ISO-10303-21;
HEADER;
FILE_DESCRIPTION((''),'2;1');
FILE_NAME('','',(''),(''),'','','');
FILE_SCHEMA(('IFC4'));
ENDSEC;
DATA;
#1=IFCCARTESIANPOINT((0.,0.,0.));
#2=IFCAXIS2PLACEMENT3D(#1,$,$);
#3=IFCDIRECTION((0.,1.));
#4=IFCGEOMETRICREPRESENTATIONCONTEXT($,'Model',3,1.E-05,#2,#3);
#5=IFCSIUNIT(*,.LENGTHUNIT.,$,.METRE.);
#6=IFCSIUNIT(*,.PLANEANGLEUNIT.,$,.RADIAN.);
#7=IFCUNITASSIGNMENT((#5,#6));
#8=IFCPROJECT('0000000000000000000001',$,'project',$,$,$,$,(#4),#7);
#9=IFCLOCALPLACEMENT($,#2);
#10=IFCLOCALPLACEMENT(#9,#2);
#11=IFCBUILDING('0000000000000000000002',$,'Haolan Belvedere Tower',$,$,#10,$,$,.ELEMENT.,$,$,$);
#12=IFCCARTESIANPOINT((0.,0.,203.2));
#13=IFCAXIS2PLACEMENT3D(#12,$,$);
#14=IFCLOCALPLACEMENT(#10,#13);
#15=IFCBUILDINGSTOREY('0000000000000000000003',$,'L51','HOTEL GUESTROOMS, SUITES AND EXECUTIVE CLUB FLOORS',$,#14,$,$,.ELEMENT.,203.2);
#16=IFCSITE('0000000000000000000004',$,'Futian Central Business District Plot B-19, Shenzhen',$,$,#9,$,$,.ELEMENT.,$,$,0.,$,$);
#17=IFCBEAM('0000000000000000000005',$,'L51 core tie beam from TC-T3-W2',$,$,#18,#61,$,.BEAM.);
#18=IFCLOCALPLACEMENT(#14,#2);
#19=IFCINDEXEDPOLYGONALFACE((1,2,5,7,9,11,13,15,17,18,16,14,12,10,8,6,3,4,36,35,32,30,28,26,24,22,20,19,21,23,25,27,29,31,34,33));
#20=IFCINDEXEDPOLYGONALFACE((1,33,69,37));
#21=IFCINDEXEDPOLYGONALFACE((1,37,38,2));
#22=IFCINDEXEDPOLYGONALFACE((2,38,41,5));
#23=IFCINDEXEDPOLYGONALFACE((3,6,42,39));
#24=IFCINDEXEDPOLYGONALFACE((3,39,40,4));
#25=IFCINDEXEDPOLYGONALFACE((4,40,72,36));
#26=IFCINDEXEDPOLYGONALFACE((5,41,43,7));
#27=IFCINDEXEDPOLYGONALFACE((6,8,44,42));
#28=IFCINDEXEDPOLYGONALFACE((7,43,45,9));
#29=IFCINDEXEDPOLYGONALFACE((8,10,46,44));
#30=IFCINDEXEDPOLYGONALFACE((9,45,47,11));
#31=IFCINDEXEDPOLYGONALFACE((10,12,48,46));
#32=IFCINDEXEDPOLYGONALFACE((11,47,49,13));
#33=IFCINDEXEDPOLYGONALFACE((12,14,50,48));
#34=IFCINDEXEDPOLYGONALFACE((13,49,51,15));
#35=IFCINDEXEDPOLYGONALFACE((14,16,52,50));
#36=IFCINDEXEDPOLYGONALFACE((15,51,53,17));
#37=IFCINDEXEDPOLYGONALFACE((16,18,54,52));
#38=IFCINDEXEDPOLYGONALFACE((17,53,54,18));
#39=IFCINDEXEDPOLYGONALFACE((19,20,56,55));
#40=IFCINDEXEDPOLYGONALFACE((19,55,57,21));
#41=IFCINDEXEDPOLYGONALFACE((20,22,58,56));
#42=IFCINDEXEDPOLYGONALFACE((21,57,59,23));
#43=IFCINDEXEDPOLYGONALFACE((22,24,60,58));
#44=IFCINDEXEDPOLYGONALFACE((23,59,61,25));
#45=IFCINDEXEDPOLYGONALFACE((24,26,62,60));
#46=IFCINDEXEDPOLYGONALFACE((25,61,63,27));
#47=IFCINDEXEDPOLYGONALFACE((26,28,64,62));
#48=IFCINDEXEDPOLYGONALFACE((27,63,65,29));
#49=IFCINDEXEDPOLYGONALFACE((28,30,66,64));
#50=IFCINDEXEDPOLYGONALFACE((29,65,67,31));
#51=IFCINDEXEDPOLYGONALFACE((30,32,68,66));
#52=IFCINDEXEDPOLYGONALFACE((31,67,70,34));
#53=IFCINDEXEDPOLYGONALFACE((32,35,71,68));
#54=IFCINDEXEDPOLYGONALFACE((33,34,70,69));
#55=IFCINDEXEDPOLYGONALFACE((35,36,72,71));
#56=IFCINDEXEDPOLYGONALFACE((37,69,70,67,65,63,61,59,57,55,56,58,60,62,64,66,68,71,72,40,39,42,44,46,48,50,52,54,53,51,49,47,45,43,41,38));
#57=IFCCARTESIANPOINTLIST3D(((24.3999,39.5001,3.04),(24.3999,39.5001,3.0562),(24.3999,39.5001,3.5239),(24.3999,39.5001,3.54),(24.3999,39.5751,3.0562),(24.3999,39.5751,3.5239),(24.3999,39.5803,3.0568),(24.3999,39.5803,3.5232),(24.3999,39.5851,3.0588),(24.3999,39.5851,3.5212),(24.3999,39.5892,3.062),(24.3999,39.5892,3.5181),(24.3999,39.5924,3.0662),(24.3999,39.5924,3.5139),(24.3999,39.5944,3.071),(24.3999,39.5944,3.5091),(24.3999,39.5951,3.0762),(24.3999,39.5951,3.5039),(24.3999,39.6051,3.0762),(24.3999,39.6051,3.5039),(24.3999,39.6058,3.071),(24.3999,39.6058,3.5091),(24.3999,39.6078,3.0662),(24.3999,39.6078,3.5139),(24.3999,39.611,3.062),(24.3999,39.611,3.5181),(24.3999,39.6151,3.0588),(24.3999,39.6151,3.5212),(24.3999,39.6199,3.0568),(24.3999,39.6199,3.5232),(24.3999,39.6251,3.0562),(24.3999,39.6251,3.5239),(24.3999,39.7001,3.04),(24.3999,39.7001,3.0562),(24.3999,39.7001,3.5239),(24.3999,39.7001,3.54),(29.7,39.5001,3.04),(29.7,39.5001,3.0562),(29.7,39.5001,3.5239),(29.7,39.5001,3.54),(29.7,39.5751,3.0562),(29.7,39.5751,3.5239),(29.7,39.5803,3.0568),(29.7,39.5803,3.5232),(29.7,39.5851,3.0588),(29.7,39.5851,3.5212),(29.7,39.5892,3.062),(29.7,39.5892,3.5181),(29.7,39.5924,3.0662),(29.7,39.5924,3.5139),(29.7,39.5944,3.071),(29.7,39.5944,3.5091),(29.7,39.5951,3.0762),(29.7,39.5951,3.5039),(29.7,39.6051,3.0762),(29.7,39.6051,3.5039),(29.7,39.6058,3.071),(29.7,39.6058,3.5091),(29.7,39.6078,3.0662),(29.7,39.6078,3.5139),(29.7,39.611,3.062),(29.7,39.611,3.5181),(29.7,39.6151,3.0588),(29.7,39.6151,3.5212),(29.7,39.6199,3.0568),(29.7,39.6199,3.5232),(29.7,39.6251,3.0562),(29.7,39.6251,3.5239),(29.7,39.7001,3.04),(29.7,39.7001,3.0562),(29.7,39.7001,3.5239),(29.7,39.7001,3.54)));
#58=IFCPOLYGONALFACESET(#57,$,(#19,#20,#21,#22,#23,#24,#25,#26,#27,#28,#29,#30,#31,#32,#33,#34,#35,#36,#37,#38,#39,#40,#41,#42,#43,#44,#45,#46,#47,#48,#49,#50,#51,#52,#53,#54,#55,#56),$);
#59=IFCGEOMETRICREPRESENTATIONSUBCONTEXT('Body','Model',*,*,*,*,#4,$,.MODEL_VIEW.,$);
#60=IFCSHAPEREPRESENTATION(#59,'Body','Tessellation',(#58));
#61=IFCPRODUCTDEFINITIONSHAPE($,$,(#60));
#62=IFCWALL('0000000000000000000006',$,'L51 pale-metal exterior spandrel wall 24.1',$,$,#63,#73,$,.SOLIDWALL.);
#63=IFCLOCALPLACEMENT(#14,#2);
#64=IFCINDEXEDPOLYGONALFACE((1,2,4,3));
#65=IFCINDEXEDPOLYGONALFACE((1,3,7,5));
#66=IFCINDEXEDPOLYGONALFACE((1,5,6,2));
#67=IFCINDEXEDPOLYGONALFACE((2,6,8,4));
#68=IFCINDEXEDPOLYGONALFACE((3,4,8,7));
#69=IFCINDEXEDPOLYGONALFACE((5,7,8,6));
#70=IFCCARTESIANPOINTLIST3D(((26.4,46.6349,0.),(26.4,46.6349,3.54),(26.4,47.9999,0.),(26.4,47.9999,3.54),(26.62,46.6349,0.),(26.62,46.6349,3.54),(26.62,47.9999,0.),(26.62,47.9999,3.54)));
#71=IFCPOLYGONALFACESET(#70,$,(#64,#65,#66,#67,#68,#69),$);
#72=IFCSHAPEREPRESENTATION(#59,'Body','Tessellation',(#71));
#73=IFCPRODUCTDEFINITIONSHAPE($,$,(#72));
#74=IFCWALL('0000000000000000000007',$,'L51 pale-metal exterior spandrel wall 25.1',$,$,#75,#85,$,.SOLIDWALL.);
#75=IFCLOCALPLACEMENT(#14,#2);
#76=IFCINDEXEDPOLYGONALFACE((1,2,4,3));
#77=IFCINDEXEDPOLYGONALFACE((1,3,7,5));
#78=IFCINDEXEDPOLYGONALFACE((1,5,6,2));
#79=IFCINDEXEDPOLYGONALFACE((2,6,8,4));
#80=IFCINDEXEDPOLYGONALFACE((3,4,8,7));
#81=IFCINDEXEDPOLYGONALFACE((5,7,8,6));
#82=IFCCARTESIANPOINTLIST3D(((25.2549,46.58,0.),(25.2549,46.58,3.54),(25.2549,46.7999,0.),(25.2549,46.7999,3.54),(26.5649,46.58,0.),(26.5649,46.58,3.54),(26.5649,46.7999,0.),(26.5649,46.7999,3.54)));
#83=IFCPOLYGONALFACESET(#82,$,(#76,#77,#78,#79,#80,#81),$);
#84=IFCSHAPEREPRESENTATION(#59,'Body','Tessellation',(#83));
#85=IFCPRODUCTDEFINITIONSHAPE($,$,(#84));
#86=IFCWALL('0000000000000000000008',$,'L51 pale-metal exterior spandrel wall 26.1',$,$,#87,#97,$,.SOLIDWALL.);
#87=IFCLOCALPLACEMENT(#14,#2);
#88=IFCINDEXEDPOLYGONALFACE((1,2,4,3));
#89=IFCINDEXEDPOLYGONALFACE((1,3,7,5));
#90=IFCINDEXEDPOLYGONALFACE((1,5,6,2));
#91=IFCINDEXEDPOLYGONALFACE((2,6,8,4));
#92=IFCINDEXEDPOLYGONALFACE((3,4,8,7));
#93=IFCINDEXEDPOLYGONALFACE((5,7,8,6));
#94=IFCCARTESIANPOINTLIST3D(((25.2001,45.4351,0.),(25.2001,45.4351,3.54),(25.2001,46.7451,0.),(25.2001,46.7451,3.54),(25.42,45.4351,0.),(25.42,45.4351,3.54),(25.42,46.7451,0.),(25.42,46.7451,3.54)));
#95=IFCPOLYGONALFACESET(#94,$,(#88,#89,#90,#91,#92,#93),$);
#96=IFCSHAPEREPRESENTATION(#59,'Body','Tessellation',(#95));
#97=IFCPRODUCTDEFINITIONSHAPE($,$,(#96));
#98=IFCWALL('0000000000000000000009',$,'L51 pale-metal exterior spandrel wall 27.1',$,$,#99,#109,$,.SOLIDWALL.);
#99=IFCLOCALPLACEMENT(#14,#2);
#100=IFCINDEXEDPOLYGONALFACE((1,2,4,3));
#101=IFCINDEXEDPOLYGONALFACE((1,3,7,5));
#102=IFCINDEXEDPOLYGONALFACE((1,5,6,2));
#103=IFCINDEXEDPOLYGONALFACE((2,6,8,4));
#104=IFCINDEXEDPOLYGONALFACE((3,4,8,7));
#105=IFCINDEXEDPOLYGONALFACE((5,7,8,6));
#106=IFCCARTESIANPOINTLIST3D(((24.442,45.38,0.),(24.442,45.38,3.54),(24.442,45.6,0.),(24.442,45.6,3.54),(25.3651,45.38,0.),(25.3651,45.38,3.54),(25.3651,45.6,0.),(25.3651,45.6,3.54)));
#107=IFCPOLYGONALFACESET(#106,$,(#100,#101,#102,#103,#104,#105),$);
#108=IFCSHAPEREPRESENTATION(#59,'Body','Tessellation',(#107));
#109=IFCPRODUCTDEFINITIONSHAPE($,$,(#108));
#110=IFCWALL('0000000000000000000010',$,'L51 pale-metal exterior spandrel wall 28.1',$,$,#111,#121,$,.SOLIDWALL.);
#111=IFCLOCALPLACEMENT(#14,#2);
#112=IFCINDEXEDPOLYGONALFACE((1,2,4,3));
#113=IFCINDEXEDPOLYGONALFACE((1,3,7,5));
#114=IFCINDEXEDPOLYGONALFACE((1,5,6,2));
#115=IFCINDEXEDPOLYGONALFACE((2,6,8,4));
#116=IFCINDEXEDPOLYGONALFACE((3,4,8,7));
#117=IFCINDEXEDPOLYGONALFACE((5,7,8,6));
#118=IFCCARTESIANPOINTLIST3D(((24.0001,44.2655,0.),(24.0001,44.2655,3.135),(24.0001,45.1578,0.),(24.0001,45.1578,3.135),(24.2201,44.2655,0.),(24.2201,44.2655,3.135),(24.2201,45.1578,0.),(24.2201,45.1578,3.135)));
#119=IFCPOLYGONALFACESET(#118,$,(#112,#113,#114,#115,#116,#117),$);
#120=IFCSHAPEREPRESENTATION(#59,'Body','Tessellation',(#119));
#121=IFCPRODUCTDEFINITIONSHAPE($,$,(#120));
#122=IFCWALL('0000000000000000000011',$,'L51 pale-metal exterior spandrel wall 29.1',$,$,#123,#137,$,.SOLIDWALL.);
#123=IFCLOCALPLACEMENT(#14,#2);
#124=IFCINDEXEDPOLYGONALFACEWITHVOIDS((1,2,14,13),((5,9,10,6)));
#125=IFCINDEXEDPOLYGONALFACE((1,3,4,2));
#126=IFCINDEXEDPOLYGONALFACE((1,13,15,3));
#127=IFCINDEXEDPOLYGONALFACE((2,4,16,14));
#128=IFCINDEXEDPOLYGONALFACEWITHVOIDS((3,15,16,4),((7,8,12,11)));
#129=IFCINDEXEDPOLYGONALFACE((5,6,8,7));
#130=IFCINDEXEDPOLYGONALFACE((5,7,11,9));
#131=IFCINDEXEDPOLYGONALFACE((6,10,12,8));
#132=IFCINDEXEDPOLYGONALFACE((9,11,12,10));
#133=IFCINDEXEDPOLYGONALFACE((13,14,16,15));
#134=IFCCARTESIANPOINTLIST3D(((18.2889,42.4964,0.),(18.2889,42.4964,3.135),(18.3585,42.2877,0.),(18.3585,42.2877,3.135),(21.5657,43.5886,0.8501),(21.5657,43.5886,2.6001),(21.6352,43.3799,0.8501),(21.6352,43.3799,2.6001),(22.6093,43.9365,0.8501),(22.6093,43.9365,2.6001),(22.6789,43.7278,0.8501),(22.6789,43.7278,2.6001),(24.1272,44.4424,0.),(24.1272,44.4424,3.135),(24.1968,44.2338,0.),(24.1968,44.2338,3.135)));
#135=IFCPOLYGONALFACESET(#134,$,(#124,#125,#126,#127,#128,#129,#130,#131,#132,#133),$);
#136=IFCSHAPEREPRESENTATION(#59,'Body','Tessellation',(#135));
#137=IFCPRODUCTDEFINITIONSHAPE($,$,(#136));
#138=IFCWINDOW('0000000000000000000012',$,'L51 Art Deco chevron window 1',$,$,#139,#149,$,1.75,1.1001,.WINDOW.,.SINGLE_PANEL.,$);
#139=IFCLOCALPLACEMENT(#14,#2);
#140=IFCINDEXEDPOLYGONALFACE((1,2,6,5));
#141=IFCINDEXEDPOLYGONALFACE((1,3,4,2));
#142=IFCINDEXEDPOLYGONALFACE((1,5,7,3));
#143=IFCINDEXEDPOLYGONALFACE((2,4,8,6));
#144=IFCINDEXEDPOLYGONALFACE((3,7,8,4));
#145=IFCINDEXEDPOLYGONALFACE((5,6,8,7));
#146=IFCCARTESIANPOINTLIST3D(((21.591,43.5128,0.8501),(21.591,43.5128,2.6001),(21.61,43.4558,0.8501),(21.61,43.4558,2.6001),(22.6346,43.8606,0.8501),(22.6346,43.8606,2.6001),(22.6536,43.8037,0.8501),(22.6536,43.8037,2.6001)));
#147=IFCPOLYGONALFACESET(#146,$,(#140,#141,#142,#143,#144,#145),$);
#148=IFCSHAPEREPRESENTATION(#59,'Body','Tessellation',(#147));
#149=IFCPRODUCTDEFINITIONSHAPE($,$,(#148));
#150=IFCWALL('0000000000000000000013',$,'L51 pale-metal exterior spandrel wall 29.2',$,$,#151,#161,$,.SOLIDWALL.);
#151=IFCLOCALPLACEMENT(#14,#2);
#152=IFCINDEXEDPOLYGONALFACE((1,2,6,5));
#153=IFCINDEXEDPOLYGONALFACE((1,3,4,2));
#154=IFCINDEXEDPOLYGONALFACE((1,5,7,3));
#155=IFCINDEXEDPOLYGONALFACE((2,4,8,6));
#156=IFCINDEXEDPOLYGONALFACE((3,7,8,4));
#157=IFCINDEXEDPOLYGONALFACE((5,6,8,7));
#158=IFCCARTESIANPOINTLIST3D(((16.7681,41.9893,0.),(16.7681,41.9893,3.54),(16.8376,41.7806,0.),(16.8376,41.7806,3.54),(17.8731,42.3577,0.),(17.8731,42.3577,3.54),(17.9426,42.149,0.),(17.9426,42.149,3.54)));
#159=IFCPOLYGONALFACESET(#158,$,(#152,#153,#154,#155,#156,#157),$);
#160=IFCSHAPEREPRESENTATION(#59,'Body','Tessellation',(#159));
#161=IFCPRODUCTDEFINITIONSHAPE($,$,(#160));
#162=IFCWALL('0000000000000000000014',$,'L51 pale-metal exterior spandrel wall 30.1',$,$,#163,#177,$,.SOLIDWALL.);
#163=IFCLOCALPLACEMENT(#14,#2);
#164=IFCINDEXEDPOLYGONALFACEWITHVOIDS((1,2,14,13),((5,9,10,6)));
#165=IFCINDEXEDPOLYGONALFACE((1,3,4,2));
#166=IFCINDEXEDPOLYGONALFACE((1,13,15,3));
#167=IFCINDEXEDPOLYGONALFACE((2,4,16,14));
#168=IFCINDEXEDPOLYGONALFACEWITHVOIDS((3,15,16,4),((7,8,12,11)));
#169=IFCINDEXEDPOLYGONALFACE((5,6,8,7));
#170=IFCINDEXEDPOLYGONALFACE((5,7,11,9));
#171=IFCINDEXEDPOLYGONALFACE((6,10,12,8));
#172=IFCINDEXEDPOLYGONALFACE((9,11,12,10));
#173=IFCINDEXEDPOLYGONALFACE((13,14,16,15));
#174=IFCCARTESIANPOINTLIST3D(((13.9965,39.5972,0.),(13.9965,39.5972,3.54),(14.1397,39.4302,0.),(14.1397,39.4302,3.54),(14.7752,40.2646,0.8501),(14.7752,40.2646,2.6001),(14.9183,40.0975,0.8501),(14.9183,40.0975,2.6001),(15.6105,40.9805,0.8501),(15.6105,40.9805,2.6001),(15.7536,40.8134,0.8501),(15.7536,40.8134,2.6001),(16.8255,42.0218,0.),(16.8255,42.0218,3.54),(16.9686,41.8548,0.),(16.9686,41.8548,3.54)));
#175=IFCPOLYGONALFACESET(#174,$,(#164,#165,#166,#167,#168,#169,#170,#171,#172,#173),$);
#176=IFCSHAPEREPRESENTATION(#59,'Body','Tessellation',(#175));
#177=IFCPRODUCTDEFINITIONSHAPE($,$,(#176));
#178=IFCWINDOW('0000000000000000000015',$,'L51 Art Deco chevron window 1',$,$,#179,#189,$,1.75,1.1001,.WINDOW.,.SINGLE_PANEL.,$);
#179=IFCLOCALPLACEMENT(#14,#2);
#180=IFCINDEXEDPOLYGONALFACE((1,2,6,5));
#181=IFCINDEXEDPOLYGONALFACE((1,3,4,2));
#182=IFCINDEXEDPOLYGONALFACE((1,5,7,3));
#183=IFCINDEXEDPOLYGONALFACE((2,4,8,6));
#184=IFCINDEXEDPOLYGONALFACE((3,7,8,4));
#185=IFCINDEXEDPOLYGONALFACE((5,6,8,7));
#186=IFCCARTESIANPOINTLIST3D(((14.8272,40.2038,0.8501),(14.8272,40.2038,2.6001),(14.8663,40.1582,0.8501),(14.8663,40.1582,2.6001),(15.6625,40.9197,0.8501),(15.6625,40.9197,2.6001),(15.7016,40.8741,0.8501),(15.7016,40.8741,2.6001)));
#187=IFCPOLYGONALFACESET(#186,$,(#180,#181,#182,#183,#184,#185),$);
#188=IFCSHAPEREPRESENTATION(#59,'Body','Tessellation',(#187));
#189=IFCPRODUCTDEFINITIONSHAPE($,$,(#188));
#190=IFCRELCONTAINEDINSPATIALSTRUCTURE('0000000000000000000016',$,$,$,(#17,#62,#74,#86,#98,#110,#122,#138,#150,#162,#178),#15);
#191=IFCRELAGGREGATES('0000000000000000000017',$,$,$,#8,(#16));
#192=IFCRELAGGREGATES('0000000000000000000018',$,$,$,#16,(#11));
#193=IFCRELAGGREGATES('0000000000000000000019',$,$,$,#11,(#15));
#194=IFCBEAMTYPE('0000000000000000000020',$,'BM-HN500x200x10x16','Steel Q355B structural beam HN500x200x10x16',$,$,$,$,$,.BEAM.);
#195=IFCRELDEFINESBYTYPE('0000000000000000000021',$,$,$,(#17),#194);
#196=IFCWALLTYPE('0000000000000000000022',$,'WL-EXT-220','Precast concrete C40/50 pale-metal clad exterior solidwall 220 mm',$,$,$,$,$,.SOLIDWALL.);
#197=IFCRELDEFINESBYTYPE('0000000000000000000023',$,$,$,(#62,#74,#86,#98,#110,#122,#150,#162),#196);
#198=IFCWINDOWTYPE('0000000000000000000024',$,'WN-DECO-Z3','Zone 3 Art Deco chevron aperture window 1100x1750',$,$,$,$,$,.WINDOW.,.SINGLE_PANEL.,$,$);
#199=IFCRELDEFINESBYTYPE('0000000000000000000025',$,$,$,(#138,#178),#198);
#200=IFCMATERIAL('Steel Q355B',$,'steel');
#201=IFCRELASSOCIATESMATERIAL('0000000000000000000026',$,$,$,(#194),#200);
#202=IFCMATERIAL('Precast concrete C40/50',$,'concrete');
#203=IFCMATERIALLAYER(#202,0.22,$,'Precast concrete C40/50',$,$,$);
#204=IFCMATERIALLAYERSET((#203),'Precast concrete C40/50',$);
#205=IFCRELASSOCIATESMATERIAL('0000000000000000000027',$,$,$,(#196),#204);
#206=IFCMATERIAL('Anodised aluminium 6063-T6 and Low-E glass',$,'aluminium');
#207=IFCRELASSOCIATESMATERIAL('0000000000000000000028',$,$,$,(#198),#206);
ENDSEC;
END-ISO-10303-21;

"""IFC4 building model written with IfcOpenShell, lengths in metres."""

from ifc_helpers import new_model, si_unit, direction, frame, frame_2d, origin, origin_2d, place, context, subcontext, project, spatial, rectangle, i_section, extrude, material, layer, layer_set, material_profile, profile_set, type_object, element, fill, save


model = new_model("IFC4")

# Units and contexts
model_context = context("Model", 3, precision=1e-05, world=origin(), true_north=direction((0.0, 1.0)))
body_context = subcontext(model_context, "Body", "Model", "MODEL_VIEW")
ifc_project = project(units=[si_unit("LENGTHUNIT", "METRE"), si_unit("PLANEANGLEUNIT", "RADIAN")], contexts=[model_context])

# Site, building, storey
site_placement = place(None, origin())
site = spatial("IfcSite", under=ifc_project, at=site_placement, Name="Futian Central Business District Plot B-19, Shenzhen", CompositionType="ELEMENT", RefElevation=0.0)
building_placement = place(site_placement, origin())
building = spatial("IfcBuilding", under=site, at=building_placement, Name="Haolan Belvedere Tower", CompositionType="ELEMENT")
storey_placement = place(building_placement, frame((0.0, 0.0, 203.2)))
storey = spatial("IfcBuildingStorey", under=building, at=storey_placement, Name="L51", Description="HOTEL GUESTROOMS, SUITES AND EXECUTIVE CLUB FLOORS", CompositionType="ELEMENT", Elevation=203.2)

# Beam
ifc_material_1 = material(Name="Steel Q355B", Category="steel")
ifc_material_profile_1 = material_profile(ifc_material_1, i_section(OverallWidth=0.2, OverallDepth=0.5, WebThickness=0.01, FlangeThickness=0.0161, FilletRadius=0.02, at=origin_2d()), Name="Steel Q355B")
ifc_profile_set_1 = profile_set([ifc_material_profile_1], Name="Steel Q355B")
beam_type_1 = type_object("IfcBeamType", Name="BM-HN500x200x10x16", Description="Steel Q355B structural beam HN500x200x10x16", PredefinedType="BEAM", material=ifc_profile_set_1)
beam_1_placement = place(storey_placement, frame((24.3999, 39.6001, 3.29), z_axis=(1.0, 0.0, 0.0), x_axis=(0.0, 1.0, 0.0)))
element("IfcBeam", 1, at=beam_1_placement, inside=storey, type_object=beam_type_1, Name="L51 core tie beam from TC-T3-W2", PredefinedType="BEAM", context=body_context, shape_type="SweptSolid", body=[
    extrude(i_section(OverallWidth=0.2, OverallDepth=0.5, WebThickness=0.01, FlangeThickness=0.0161, FilletRadius=0.02, at=origin_2d()), origin(), (0.0, 0.0, 1.0), 5.3),
])

# Walls
ifc_material_2 = material(Name="Precast concrete C40/50", Category="concrete")
ifc_layer_1 = layer(ifc_material_2, 0.22, Name="Precast concrete C40/50")
ifc_layer_set_1 = layer_set([ifc_layer_1], Name="Precast concrete C40/50")
wall_type_1 = type_object("IfcWallType", Name="WL-EXT-220", Description="Precast concrete C40/50 pale-metal clad exterior solidwall 220 mm", PredefinedType="SOLIDWALL", material=ifc_layer_set_1)
wall_1_placement = place(storey_placement, frame((26.51, 48.0, 0.0), z_axis=(0.0, 0.0, 1.0), x_axis=(0.0, -1.0, 0.0)))
element("IfcWall", 2, at=wall_1_placement, inside=storey, type_object=wall_type_1, Name="L51 pale-metal exterior spandrel wall 24.1", PredefinedType="SOLIDWALL", context=body_context, shape_type="SweptSolid", body=[
    extrude(rectangle(XDim=1.365, YDim=0.22, at=frame_2d((0.6826, 0.0))), origin(), (0.0, 0.0, 1.0), 3.54),
])
for number, where, z_axis, x_axis, name in (
    (3, (26.5649, 46.6899, 0.0), (0.0, 0.0, 1.0), (-1.0, 0.0, 0.0), "L51 pale-metal exterior spandrel wall 25.1"),
    (4, (25.3101, 46.7451, 0.0), (0.0, 0.0, 1.0), (0.0, -1.0, 0.0), "L51 pale-metal exterior spandrel wall 26.1"),
):
    element("IfcWall", number, at=place(storey_placement, frame(where, z_axis=z_axis, x_axis=x_axis)), inside=storey, type_object=wall_type_1, Name=name, PredefinedType="SOLIDWALL", context=body_context, shape_type="SweptSolid", body=[
        extrude(rectangle(XDim=1.3101, YDim=0.22, at=frame_2d((0.655, 0.0))), origin(), (0.0, 0.0, 1.0), 3.54),
    ])
wall_2_placement = place(storey_placement, frame((25.365, 45.49, 0.0), z_axis=(0.0, 0.0, 1.0), x_axis=(-1.0, 0.0, 0.0)))
element("IfcWall", 5, at=wall_2_placement, inside=storey, type_object=wall_type_1, Name="L51 pale-metal exterior spandrel wall 27.1", PredefinedType="SOLIDWALL", context=body_context, shape_type="SweptSolid", body=[
    extrude(rectangle(XDim=0.9231, YDim=0.22, at=frame_2d((0.4614, 0.0))), origin(), (0.0, 0.0, 1.0), 3.54),
])
wall_3_placement = place(storey_placement, frame((24.1101, 45.158, 0.0), z_axis=(0.0, 0.0, 1.0), x_axis=(0.0, -1.0, 0.0)))
element("IfcWall", 6, at=wall_3_placement, inside=storey, type_object=wall_type_1, Name="L51 pale-metal exterior spandrel wall 28.1", PredefinedType="SOLIDWALL", context=body_context, shape_type="SweptSolid", body=[
    extrude(rectangle(XDim=0.8923, YDim=0.22, at=frame_2d((0.4463, 0.0))), origin(), (0.0, 0.0, 1.0), 3.135),
])

# Wall, opening, window
wall_4_placement = place(storey_placement, frame((24.1621, 44.3381, 0.0), z_axis=(0.0, 0.0, 1.0), x_axis=(-0.948687, -0.316216, 0.0)))
wall_4 = element("IfcWall", 7, at=wall_4_placement, inside=storey, type_object=wall_type_1, Name="L51 pale-metal exterior spandrel wall 29.1", PredefinedType="SOLIDWALL", context=body_context, shape_type="SweptSolid", body=[
    extrude(rectangle(XDim=6.1541, YDim=0.22, at=frame_2d((3.0771, 0.0))), origin(), (0.0, 0.0, 1.0), 3.135),
])
opening_1_placement = place(wall_4_placement, frame((1.6001, 0.0, 0.8501)))
opening_1 = element("IfcOpeningElement", 8, at=opening_1_placement, cuts=wall_4, PredefinedType="OPENING", context=body_context, shape_type="SweptSolid", body=[
    extrude(rectangle(XDim=1.1001, YDim=1.75, at=frame_2d((0.55, 0.875))), frame((0.0, 0.1199, 0.0), z_axis=(0.0, -1.0, 0.0), x_axis=(1.0, 0.0, 0.0)), (0.0, 0.0, 1.0), 0.24),
])
ifc_material_3 = material(Name="Anodised aluminium 6063-T6 and Low-E glass", Category="aluminium")
window_type = type_object("IfcWindowType", Name="WN-DECO-Z3", Description="Zone 3 Art Deco chevron aperture window 1100x1750", PartitioningType="SINGLE_PANEL", PredefinedType="WINDOW", material=ifc_material_3)
window_1_placement = place(opening_1_placement, origin())
window_1 = element("IfcWindow", 9, at=window_1_placement, inside=storey, type_object=window_type, Name="L51 Art Deco chevron window 1", OverallHeight=1.75, OverallWidth=1.1001, PartitioningType="SINGLE_PANEL", PredefinedType="WINDOW", context=body_context, shape_type="SweptSolid", body=[
    extrude(rectangle(XDim=1.1001, YDim=1.75, at=frame_2d((0.55, 0.875))), frame((0.0, 0.03, 0.0), z_axis=(0.0, -1.0, 0.0), x_axis=(1.0, 0.0, 0.0)), (0.0, 0.0, 1.0), 0.0601),
])
fill(opening_1, window_1)

# Wall
wall_5_placement = place(storey_placement, frame((17.908, 42.2534, 0.0), z_axis=(0.0, 0.0, 1.0), x_axis=(-0.948662, -0.316291, 0.0)))
element("IfcWall", 10, at=wall_5_placement, inside=storey, type_object=wall_type_1, Name="L51 pale-metal exterior spandrel wall 29.2", PredefinedType="SOLIDWALL", context=body_context, shape_type="SweptSolid", body=[
    extrude(rectangle(XDim=1.1648, YDim=0.22, at=frame_2d((0.5825, 0.0))), origin(), (0.0, 0.0, 1.0), 3.54),
])

# Wall, opening, window
wall_6_placement = place(storey_placement, frame((16.897, 41.9382, 0.0), z_axis=(0.0, 0.0, 1.0), x_axis=(-0.75928, -0.650764, 0.0)))
wall_6 = element("IfcWall", 11, at=wall_6_placement, inside=storey, type_object=wall_type_1, Name="L51 pale-metal exterior spandrel wall 30.1", PredefinedType="SOLIDWALL", context=body_context, shape_type="SweptSolid", body=[
    extrude(rectangle(XDim=3.7258, YDim=0.22, at=frame_2d((1.8628, 0.0))), origin(), (0.0, 0.0, 1.0), 3.54),
])
opening_2_placement = place(wall_6_placement, frame((1.6001, 0.0, 0.8501)))
opening_2 = element("IfcOpeningElement", 12, at=opening_2_placement, cuts=wall_6, PredefinedType="OPENING", context=body_context, shape_type="SweptSolid", body=[
    extrude(rectangle(XDim=1.1001, YDim=1.75, at=frame_2d((0.55, 0.875))), frame((0.0, 0.1199, 0.0), z_axis=(0.0, -1.0, 0.0), x_axis=(1.0, 0.0, 0.0)), (0.0, 0.0, 1.0), 0.24),
])
window_2_placement = place(opening_2_placement, origin())
window_2 = element("IfcWindow", 13, at=window_2_placement, inside=storey, type_object=window_type, Name="L51 Art Deco chevron window 1", OverallHeight=1.75, OverallWidth=1.1001, PartitioningType="SINGLE_PANEL", PredefinedType="WINDOW", context=body_context, shape_type="SweptSolid", body=[
    extrude(rectangle(XDim=1.1001, YDim=1.75, at=frame_2d((0.55, 0.875))), frame((0.0, 0.03, 0.0), z_axis=(0.0, -1.0, 0.0), x_axis=(1.0, 0.0, 0.0)), (0.0, 0.0, 1.0), 0.0601),
])
fill(opening_2, window_2)

save(model, "model.ifc")
